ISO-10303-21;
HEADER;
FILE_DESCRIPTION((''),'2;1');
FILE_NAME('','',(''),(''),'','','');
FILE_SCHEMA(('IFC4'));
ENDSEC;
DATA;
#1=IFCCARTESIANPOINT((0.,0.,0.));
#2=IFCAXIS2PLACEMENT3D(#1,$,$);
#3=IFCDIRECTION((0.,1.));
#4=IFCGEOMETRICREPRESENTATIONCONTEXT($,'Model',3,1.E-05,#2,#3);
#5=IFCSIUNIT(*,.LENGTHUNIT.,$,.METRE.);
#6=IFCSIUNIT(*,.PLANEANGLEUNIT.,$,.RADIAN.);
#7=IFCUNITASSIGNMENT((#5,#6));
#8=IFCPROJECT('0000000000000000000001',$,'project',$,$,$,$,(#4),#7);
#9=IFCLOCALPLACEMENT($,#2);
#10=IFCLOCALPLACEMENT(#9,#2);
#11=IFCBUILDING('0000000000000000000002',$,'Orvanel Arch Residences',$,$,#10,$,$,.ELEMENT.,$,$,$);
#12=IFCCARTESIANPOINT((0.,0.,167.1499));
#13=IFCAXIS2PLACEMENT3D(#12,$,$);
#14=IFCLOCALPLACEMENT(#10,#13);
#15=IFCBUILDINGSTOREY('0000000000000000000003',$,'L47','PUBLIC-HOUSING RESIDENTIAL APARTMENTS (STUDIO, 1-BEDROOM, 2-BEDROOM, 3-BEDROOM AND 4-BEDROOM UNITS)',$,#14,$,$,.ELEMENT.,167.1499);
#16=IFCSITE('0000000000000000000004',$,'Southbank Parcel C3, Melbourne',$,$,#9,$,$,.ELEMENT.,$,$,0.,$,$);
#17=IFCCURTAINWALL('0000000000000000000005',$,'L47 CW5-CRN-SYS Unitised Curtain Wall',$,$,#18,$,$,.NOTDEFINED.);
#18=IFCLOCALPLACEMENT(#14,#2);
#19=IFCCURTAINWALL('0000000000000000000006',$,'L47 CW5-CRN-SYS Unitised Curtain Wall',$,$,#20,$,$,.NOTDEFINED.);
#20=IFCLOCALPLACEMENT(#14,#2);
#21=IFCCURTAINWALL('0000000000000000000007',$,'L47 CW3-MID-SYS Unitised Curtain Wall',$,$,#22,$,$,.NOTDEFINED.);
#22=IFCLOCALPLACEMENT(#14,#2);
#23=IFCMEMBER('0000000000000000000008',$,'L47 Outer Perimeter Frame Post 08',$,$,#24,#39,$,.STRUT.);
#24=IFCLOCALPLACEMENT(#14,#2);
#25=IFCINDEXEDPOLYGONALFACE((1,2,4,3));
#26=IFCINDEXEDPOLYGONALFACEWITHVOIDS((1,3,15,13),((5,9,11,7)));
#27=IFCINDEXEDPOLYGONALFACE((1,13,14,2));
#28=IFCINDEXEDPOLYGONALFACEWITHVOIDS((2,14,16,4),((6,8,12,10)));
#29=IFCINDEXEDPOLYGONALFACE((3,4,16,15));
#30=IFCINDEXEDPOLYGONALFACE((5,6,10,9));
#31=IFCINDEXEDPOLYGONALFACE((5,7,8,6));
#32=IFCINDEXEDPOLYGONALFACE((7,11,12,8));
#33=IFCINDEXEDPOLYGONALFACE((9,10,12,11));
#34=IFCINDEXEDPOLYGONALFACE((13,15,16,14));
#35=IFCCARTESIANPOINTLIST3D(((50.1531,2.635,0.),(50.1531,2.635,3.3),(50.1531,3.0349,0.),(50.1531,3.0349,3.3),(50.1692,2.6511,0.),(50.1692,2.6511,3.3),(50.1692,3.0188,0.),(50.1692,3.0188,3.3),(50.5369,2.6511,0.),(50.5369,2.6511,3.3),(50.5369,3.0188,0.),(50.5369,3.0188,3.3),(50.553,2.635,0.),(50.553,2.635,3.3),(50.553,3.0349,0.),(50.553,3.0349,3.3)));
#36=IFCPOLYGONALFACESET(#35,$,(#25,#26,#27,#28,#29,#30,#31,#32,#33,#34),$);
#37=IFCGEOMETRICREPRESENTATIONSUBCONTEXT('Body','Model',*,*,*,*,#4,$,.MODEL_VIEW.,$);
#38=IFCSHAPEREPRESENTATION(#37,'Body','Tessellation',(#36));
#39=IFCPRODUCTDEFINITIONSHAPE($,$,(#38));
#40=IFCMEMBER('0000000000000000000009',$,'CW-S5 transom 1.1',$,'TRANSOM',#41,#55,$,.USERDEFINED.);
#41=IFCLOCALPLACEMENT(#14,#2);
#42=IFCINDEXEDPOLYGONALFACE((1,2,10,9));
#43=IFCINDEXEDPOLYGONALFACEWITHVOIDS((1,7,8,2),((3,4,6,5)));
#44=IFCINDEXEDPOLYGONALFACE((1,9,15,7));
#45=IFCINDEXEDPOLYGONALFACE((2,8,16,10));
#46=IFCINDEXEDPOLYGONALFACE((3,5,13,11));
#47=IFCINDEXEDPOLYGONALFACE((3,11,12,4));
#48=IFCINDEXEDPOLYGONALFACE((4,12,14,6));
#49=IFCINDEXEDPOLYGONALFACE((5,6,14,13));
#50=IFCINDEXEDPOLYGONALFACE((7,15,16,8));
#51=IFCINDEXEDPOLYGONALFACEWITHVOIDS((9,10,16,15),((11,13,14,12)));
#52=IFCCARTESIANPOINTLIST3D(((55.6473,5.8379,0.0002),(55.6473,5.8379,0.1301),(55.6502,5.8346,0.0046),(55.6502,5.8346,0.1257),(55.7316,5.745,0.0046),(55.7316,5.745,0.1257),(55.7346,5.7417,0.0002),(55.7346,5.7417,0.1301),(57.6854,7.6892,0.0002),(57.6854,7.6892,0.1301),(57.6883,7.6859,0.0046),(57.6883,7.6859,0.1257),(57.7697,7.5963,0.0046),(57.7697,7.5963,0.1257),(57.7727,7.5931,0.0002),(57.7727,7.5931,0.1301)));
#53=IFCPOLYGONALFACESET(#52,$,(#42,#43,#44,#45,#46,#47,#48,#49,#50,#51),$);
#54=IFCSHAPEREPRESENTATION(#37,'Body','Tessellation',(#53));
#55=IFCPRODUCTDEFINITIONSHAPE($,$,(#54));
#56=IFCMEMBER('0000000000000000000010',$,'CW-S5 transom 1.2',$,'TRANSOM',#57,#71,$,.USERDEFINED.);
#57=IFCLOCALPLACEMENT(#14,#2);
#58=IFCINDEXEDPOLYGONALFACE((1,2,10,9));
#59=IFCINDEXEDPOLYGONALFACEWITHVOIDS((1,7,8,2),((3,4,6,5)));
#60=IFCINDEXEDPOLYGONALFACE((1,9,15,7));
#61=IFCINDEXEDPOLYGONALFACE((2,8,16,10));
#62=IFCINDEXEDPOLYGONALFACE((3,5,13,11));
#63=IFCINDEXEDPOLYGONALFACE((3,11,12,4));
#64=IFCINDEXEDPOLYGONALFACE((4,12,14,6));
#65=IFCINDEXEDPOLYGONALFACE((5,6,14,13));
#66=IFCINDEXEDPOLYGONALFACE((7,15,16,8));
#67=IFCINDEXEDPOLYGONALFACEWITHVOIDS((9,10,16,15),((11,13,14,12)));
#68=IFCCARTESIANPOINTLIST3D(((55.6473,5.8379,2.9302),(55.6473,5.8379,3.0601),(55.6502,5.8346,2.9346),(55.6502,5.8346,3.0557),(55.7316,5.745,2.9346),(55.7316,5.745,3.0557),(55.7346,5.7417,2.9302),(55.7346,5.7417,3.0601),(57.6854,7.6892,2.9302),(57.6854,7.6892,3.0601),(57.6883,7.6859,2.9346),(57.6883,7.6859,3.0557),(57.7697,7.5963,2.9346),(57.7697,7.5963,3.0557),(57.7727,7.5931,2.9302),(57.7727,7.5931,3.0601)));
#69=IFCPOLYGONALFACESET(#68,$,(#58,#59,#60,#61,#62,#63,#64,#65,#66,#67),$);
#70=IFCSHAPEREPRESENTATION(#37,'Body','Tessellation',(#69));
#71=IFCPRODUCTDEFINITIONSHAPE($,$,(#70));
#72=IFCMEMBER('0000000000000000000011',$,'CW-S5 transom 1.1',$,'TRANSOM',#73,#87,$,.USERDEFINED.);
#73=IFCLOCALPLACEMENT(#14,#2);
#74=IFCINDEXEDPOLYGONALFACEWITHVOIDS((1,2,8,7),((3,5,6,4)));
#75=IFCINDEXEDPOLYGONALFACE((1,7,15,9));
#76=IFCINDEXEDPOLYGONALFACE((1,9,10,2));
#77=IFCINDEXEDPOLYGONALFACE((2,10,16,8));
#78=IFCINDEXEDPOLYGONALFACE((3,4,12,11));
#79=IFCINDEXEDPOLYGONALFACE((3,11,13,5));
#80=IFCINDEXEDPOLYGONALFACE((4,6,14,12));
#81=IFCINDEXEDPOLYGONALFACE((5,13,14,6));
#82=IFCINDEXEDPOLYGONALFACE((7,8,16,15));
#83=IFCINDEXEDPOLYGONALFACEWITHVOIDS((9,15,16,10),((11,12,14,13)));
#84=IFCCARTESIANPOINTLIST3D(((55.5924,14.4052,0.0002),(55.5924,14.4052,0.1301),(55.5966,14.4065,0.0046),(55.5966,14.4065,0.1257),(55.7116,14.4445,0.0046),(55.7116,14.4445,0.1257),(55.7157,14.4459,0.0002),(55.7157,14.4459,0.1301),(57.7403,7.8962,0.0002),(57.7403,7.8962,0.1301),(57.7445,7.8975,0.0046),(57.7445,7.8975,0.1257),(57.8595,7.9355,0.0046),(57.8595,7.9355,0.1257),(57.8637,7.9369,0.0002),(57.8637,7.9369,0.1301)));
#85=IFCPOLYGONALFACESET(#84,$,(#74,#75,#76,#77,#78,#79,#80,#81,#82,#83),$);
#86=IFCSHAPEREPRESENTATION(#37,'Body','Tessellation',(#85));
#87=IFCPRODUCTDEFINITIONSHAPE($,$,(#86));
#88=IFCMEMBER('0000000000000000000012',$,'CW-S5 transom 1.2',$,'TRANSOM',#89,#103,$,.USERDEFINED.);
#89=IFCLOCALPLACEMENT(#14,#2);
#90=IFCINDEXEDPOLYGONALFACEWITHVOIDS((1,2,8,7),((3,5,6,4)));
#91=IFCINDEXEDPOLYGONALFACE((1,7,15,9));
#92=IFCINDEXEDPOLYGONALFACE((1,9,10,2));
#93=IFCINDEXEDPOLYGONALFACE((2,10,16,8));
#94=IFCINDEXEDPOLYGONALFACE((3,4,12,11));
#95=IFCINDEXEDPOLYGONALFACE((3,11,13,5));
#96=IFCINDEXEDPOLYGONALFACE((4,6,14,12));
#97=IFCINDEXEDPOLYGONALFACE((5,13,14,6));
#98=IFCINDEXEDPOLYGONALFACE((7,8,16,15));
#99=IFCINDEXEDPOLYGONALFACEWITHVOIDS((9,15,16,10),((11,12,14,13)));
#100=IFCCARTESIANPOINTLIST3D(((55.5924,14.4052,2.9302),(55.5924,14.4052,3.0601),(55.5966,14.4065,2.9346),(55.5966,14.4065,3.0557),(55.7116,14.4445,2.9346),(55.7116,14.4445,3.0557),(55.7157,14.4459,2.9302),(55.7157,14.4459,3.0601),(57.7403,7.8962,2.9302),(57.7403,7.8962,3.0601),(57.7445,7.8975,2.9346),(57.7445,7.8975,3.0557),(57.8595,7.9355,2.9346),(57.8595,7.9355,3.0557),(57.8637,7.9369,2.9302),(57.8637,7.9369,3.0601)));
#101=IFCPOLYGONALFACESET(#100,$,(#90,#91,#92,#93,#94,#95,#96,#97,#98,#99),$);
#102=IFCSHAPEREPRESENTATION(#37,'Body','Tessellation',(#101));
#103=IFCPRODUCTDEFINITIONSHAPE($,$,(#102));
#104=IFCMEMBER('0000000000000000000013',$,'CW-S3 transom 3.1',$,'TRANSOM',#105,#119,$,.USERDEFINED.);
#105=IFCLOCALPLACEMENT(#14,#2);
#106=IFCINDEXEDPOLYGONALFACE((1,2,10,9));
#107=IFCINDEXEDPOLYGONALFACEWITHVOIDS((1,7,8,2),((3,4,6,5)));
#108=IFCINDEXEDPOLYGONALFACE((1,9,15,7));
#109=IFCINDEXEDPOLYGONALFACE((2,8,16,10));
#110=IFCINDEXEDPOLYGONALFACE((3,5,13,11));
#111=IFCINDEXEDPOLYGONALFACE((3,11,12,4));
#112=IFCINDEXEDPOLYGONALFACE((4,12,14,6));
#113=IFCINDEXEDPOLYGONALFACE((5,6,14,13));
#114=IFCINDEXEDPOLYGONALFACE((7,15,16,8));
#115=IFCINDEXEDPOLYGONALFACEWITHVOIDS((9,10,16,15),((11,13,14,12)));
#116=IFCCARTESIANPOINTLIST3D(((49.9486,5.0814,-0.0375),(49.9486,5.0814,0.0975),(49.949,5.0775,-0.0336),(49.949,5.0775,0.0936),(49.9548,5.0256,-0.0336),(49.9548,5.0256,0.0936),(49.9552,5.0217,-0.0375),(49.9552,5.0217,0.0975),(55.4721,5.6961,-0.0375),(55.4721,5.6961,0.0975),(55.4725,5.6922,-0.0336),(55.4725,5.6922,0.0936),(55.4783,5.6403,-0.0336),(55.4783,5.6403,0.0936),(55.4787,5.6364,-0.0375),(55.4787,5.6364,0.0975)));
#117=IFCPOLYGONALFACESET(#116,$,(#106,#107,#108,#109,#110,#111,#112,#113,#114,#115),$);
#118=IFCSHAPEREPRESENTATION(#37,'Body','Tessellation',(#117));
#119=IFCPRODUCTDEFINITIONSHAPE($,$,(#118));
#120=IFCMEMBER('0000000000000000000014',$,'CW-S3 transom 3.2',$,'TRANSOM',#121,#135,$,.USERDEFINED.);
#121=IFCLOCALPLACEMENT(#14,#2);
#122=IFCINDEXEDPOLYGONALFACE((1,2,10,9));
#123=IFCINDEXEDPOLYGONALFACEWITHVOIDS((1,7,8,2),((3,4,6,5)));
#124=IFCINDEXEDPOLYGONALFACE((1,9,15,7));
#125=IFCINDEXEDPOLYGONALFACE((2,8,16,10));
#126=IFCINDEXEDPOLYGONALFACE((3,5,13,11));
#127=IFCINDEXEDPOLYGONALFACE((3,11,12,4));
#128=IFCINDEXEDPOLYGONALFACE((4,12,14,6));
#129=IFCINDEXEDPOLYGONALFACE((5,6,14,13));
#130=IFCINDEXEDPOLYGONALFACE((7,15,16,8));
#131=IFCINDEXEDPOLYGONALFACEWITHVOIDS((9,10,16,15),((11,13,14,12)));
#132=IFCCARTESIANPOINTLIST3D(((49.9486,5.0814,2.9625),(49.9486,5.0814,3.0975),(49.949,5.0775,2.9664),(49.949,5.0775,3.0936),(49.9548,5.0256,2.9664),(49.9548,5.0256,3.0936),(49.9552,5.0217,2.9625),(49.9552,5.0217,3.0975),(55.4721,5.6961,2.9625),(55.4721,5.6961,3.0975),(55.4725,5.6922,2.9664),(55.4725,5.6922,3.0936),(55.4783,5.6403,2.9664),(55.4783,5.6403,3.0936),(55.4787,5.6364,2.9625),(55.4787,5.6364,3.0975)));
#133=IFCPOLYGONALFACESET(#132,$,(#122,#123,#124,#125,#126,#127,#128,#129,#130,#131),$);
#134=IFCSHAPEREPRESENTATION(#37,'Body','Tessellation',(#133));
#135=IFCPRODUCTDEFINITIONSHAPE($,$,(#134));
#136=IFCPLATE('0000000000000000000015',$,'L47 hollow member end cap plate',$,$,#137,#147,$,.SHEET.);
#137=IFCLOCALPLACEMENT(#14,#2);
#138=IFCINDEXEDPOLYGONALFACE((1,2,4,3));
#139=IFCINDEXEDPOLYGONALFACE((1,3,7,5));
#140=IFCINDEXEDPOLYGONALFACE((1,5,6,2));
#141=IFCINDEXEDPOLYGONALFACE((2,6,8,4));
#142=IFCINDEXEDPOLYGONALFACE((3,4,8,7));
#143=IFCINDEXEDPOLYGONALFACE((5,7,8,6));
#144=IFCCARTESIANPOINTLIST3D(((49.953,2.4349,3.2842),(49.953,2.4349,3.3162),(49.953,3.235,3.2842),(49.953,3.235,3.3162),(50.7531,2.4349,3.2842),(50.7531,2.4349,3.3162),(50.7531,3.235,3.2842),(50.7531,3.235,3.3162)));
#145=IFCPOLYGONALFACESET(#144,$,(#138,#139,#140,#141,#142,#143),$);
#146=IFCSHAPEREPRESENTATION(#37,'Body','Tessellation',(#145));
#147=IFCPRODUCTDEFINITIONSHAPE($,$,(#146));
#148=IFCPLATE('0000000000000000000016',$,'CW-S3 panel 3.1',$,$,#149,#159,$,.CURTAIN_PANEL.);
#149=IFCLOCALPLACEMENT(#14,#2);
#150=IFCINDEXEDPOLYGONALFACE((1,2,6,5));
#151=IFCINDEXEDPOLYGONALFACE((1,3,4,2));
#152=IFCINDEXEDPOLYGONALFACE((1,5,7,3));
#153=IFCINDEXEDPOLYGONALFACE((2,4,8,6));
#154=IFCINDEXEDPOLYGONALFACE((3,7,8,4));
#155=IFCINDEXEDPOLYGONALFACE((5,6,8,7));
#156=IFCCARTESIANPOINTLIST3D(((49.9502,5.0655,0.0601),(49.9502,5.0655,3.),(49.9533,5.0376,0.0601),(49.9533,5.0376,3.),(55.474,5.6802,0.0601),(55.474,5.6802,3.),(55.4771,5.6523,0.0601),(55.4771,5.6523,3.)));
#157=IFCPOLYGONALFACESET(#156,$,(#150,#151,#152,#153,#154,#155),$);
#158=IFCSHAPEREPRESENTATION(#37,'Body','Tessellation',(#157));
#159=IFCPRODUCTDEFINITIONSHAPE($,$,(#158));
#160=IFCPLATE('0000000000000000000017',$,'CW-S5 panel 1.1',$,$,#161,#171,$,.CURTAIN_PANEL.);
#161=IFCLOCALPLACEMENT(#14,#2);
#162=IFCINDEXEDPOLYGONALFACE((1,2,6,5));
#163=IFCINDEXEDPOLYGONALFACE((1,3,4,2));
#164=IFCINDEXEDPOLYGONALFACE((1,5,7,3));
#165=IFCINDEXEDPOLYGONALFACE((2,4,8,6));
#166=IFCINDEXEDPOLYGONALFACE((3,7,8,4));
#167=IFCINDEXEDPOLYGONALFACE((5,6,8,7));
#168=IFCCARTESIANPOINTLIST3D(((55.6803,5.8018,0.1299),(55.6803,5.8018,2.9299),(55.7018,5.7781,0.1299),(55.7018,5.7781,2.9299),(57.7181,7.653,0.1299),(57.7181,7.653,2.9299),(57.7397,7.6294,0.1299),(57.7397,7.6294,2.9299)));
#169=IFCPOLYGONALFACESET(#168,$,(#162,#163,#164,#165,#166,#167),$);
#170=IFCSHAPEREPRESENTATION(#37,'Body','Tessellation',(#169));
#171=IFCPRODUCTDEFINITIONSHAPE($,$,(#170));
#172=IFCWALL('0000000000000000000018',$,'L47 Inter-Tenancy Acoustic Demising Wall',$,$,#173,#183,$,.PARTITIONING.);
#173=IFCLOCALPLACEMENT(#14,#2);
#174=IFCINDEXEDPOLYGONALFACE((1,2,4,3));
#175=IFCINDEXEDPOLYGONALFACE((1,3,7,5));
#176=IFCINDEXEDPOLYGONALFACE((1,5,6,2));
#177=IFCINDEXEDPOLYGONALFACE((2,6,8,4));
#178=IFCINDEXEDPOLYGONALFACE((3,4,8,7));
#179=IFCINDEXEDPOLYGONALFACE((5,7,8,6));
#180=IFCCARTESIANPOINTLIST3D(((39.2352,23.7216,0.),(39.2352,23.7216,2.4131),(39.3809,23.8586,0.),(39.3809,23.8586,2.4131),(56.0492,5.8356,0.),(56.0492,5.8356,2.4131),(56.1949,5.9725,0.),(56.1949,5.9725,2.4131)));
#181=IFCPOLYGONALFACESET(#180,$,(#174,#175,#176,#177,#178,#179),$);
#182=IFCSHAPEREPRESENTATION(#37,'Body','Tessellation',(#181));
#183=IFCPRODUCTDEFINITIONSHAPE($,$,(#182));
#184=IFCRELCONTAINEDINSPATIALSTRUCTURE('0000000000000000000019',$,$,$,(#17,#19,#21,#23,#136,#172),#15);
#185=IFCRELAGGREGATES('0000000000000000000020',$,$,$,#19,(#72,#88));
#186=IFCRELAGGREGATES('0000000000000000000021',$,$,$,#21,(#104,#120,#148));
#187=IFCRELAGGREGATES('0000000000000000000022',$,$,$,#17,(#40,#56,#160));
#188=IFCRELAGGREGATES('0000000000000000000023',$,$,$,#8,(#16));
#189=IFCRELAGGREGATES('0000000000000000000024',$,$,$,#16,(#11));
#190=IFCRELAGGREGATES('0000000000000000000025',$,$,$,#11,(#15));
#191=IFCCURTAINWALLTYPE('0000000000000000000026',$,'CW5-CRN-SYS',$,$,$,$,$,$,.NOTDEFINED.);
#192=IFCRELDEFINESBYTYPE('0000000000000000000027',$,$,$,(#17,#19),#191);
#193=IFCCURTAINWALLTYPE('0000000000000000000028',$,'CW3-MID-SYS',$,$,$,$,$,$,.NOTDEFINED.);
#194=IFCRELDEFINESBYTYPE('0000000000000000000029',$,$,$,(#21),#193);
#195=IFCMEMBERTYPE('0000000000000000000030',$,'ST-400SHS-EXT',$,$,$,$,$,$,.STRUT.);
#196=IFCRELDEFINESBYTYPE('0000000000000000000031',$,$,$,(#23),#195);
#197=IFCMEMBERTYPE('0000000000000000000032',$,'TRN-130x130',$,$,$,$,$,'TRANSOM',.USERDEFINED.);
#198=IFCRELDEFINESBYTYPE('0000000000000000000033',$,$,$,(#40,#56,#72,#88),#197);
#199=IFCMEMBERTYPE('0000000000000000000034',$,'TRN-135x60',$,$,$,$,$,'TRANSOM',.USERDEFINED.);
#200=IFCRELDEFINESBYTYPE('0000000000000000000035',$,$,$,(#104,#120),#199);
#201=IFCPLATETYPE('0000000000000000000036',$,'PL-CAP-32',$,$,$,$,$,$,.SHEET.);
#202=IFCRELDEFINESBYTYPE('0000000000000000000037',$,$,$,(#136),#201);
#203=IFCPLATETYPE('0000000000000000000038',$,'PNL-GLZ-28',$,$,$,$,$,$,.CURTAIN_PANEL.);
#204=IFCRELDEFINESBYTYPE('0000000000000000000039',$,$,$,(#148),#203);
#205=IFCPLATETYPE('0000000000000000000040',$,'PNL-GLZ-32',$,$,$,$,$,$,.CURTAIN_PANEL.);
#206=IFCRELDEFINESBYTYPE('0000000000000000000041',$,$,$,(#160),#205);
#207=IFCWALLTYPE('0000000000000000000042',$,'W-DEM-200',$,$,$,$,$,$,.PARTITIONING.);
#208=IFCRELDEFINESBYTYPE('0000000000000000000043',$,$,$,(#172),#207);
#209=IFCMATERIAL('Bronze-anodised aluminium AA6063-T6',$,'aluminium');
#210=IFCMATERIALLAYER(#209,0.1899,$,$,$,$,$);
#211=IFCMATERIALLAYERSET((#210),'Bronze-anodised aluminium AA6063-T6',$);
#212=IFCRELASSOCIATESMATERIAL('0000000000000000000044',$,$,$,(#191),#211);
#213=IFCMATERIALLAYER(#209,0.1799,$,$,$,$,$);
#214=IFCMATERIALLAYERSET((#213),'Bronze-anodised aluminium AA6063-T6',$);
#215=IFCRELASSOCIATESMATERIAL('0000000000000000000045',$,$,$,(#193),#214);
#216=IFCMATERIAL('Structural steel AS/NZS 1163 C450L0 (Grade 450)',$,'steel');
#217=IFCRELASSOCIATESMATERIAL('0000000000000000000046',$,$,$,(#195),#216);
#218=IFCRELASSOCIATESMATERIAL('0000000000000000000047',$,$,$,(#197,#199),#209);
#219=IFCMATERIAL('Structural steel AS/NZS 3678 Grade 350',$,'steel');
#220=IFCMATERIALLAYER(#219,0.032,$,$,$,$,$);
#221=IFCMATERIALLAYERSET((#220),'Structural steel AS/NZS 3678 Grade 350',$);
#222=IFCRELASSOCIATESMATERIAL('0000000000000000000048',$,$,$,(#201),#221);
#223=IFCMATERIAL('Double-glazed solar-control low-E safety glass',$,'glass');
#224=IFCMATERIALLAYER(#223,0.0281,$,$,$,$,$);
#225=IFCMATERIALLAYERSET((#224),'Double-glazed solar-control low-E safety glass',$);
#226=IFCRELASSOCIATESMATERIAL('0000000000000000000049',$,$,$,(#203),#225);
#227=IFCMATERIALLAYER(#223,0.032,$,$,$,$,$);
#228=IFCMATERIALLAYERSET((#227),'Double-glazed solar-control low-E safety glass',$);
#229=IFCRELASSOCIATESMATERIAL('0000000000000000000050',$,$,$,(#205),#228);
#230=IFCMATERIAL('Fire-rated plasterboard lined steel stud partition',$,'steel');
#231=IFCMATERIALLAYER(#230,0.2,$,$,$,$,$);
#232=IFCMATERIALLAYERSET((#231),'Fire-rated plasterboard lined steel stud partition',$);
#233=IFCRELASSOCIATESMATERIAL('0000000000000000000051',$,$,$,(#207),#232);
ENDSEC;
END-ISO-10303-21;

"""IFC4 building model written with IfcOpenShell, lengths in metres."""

from ifc_helpers import new_model, si_unit, direction, frame, frame_2d, origin, origin_2d, place, context, subcontext, project, spatial, rectangle, hollow_rectangle, extrude, material, layer, layer_set, material_profile, profile_set, type_object, element, aggregate, save


model = new_model("IFC4")

# Units and contexts
model_context = context("Model", 3, precision=1e-05, world=origin(), true_north=direction((0.0, 1.0)))
body_context = subcontext(model_context, "Body", "Model", "MODEL_VIEW")
ifc_project = project(units=[si_unit("LENGTHUNIT", "METRE"), si_unit("PLANEANGLEUNIT", "RADIAN")], contexts=[model_context])

# Site, building, storey
site_placement = place(None, origin())
site = spatial("IfcSite", under=ifc_project, at=site_placement, Name="Southbank Parcel C3, Melbourne", CompositionType="ELEMENT", RefElevation=0.0)
building_placement = place(site_placement, origin())
building = spatial("IfcBuilding", under=site, at=building_placement, Name="Orvanel Arch Residences", CompositionType="ELEMENT")
storey_placement = place(building_placement, frame((0.0, 0.0, 167.1499)))
storey = spatial("IfcBuildingStorey", under=building, at=storey_placement, Name="L47", Description="PUBLIC-HOUSING RESIDENTIAL APARTMENTS (STUDIO, 1-BEDROOM, 2-BEDROOM, 3-BEDROOM AND 4-BEDROOM UNITS)", CompositionType="ELEMENT", Elevation=167.1499)

# Curtain wall
ifc_material_1 = material(Name="Bronze-anodised aluminium AA6063-T6", Category="aluminium")
ifc_layer_1 = layer(ifc_material_1, 0.1899)
ifc_layer_set_1 = layer_set([ifc_layer_1], Name="Bronze-anodised aluminium AA6063-T6")
curtain_wall_type_1 = type_object("IfcCurtainWallType", Name="CW5-CRN-SYS", PredefinedType="NOTDEFINED", material=ifc_layer_set_1)
curtain_wall_1_placement = place(storey_placement, origin())
curtain_wall_1 = element("IfcCurtainWall", 1, at=curtain_wall_1_placement, inside=storey, type_object=curtain_wall_type_1, Name="L47 CW5-CRN-SYS Unitised Curtain Wall", PredefinedType="NOTDEFINED")

# Curtain wall
curtain_wall_2_placement = place(storey_placement, origin())
curtain_wall_2 = element("IfcCurtainWall", 2, at=curtain_wall_2_placement, inside=storey, type_object=curtain_wall_type_1, Name="L47 CW5-CRN-SYS Unitised Curtain Wall", PredefinedType="NOTDEFINED")

# Curtain wall
ifc_layer_2 = layer(ifc_material_1, 0.1799)
ifc_layer_set_2 = layer_set([ifc_layer_2], Name="Bronze-anodised aluminium AA6063-T6")
curtain_wall_type_2 = type_object("IfcCurtainWallType", Name="CW3-MID-SYS", PredefinedType="NOTDEFINED", material=ifc_layer_set_2)
curtain_wall_3_placement = place(storey_placement, origin())
curtain_wall_3 = element("IfcCurtainWall", 3, at=curtain_wall_3_placement, inside=storey, type_object=curtain_wall_type_2, Name="L47 CW3-MID-SYS Unitised Curtain Wall", PredefinedType="NOTDEFINED")

# Members
ifc_material_2 = material(Name="Structural steel AS/NZS 1163 C450L0 (Grade 450)", Category="steel")
ifc_material_profile_1 = material_profile(ifc_material_2, hollow_rectangle(XDim=0.3999, YDim=0.3999, WallThickness=0.0161, at=origin_2d()), Name="SHS400x400x16")
ifc_profile_set_1 = profile_set([ifc_material_profile_1], Name="Structural steel AS/NZS 1163 C450L0 (Grade 450)")
member_type_1 = type_object("IfcMemberType", Name="ST-400SHS-EXT", PredefinedType="STRUT", material=ifc_profile_set_1)
member_1_placement = place(storey_placement, frame((50.353, 2.835, 0.0), z_axis=(0.0, 0.0, 1.0), x_axis=(1.0, 0.0, 0.0)))
element("IfcMember", 4, at=member_1_placement, inside=storey, type_object=member_type_1, Name="L47 Outer Perimeter Frame Post 08", PredefinedType="STRUT", context=body_context, shape_type="SweptSolid", body=[
    extrude(hollow_rectangle(XDim=0.3999, YDim=0.3999, WallThickness=0.0161, at=origin_2d()), origin(), (0.0, 0.0, 1.0), 3.3),
])
ifc_material_profile_2 = material_profile(ifc_material_1, hollow_rectangle(XDim=0.1299, YDim=0.1299, WallThickness=0.0044, at=origin_2d()), Name="ALU130x130x4.5")
ifc_profile_set_2 = profile_set([ifc_material_profile_2], Name="Bronze-anodised aluminium AA6063-T6")
member_type_2 = type_object("IfcMemberType", Name="TRN-130x130", ElementType="TRANSOM", PredefinedType="USERDEFINED", material=ifc_profile_set_2)
member_2_placement = place(storey_placement, frame((55.6909, 5.7898, 0.0652), z_axis=(0.740209, 0.672377, 0.0), x_axis=(-0.672377, 0.740209, 0.0)))
member_2 = element("IfcMember", 5, at=member_2_placement, type_object=member_type_2, Name="CW-S5 transom 1.1", ObjectType="TRANSOM", PredefinedType="USERDEFINED", context=body_context, shape_type="SweptSolid", body=[
    extrude(hollow_rectangle(XDim=0.1299, YDim=0.1299, WallThickness=0.0044, at=origin_2d()), origin(), (0.0, 0.0, 1.0), 2.7534),
])
member_3_placement = place(storey_placement, frame((55.6909, 5.7898, 2.9951), z_axis=(0.740209, 0.672377, 0.0), x_axis=(-0.672377, 0.740209, 0.0)))
member_3 = element("IfcMember", 6, at=member_3_placement, type_object=member_type_2, Name="CW-S5 transom 1.2", ObjectType="TRANSOM", PredefinedType="USERDEFINED", context=body_context, shape_type="SweptSolid", body=[
    extrude(hollow_rectangle(XDim=0.1299, YDim=0.1299, WallThickness=0.0044, at=origin_2d()), origin(), (0.0, 0.0, 1.0), 2.7534),
])
member_4_placement = place(storey_placement, frame((57.802, 7.9165, 0.0652), z_axis=(-0.313373, 0.94963, 0.0), x_axis=(-0.94963, -0.313373, 0.0)))
member_4 = element("IfcMember", 7, at=member_4_placement, type_object=member_type_2, Name="CW-S5 transom 1.1", ObjectType="TRANSOM", PredefinedType="USERDEFINED", context=body_context, shape_type="SweptSolid", body=[
    extrude(hollow_rectangle(XDim=0.1299, YDim=0.1299, WallThickness=0.0044, at=origin_2d()), origin(), (0.0, 0.0, 1.0), 6.8542),
])
member_5_placement = place(storey_placement, frame((57.802, 7.9165, 2.9951), z_axis=(-0.313373, 0.94963, 0.0), x_axis=(-0.94963, -0.313373, 0.0)))
member_5 = element("IfcMember", 8, at=member_5_placement, type_object=member_type_2, Name="CW-S5 transom 1.2", ObjectType="TRANSOM", PredefinedType="USERDEFINED", context=body_context, shape_type="SweptSolid", body=[
    extrude(hollow_rectangle(XDim=0.1299, YDim=0.1299, WallThickness=0.0044, at=origin_2d()), origin(), (0.0, 0.0, 1.0), 6.8542),
])
aggregate(curtain_wall_2, [member_4, member_5])
ifc_material_profile_3 = material_profile(ifc_material_1, hollow_rectangle(XDim=0.0601, YDim=0.135, WallThickness=0.0039, at=origin_2d()), Name="ALU135x60x4")
ifc_profile_set_3 = profile_set([ifc_material_profile_3], Name="Bronze-anodised aluminium AA6063-T6")
member_type_3 = type_object("IfcMemberType", Name="TRN-135x60", ElementType="TRANSOM", PredefinedType="USERDEFINED", material=ifc_profile_set_3)
member_6_placement = place(storey_placement, frame((49.9519, 5.0515, 0.03), z_axis=(0.993863, 0.110615, 0.0), x_axis=(-0.110615, 0.993863, 0.0)))
member_6 = element("IfcMember", 9, at=member_6_placement, type_object=member_type_3, Name="CW-S3 transom 3.1", ObjectType="TRANSOM", PredefinedType="USERDEFINED", context=body_context, shape_type="SweptSolid", body=[
    extrude(hollow_rectangle(XDim=0.0601, YDim=0.135, WallThickness=0.0039, at=origin_2d()), origin(), (0.0, 0.0, 1.0), 5.5576),
])
member_7_placement = place(storey_placement, frame((49.9519, 5.0515, 3.03), z_axis=(0.993863, 0.110615, 0.0), x_axis=(-0.110615, 0.993863, 0.0)))
member_7 = element("IfcMember", 10, at=member_7_placement, type_object=member_type_3, Name="CW-S3 transom 3.2", ObjectType="TRANSOM", PredefinedType="USERDEFINED", context=body_context, shape_type="SweptSolid", body=[
    extrude(hollow_rectangle(XDim=0.0601, YDim=0.135, WallThickness=0.0039, at=origin_2d()), origin(), (0.0, 0.0, 1.0), 5.5576),
])

# Plates
ifc_material_3 = material(Name="Structural steel AS/NZS 3678 Grade 350", Category="steel")
ifc_layer_3 = layer(ifc_material_3, 0.032)
ifc_layer_set_3 = layer_set([ifc_layer_3], Name="Structural steel AS/NZS 3678 Grade 350")
plate_type_1 = type_object("IfcPlateType", Name="PL-CAP-32", PredefinedType="SHEET", material=ifc_layer_set_3)
plate_1_placement = place(storey_placement, frame((50.353, 2.835, 3.2842), z_axis=(0.0, 0.0, 1.0), x_axis=(1.0, 0.0, 0.0)))
element("IfcPlate", 11, at=plate_1_placement, inside=storey, type_object=plate_type_1, Name="L47 hollow member end cap plate", PredefinedType="SHEET", context=body_context, shape_type="SweptSolid", body=[
    extrude(rectangle(XDim=0.8, YDim=0.8, at=origin_2d()), origin(), (0.0, 0.0, 1.0), 0.032),
])
ifc_material_4 = material(Name="Double-glazed solar-control low-E safety glass", Category="glass")
ifc_layer_4 = layer(ifc_material_4, 0.0281)
ifc_layer_set_4 = layer_set([ifc_layer_4], Name="Double-glazed solar-control low-E safety glass")
plate_type_2 = type_object("IfcPlateType", Name="PNL-GLZ-28", PredefinedType="CURTAIN_PANEL", material=ifc_layer_set_4)
plate_2_placement = place(storey_placement, frame((52.7136, 5.3589, 0.0601), z_axis=(0.0, 0.0, 1.0), x_axis=(0.993864, 0.110606, 0.0)))
plate_2 = element("IfcPlate", 12, at=plate_2_placement, type_object=plate_type_2, Name="CW-S3 panel 3.1", PredefinedType="CURTAIN_PANEL", context=body_context, shape_type="SweptSolid", body=[
    extrude(rectangle(XDim=5.5579, YDim=0.0281, at=origin_2d()), origin(), (0.0, 0.0, 1.0), 2.9399),
])
aggregate(curtain_wall_3, [member_6, member_7, plate_2])
ifc_layer_5 = layer(ifc_material_4, 0.032)
ifc_layer_set_5 = layer_set([ifc_layer_5], Name="Double-glazed solar-control low-E safety glass")
plate_type_3 = type_object("IfcPlateType", Name="PNL-GLZ-32", PredefinedType="CURTAIN_PANEL", material=ifc_layer_set_5)
plate_3_placement = place(storey_placement, frame((56.71, 6.7156, 0.1299), z_axis=(0.0, 0.0, 1.0), x_axis=(0.740192, 0.672396, 0.0)))
plate_3 = element("IfcPlate", 13, at=plate_3_placement, type_object=plate_type_3, Name="CW-S5 panel 1.1", PredefinedType="CURTAIN_PANEL", context=body_context, shape_type="SweptSolid", body=[
    extrude(rectangle(XDim=2.7532, YDim=0.032, at=origin_2d()), origin(), (0.0, 0.0, 1.0), 2.8),
])
aggregate(curtain_wall_1, [member_2, member_3, plate_3])

# Wall
ifc_material_5 = material(Name="Fire-rated plasterboard lined steel stud partition", Category="steel")
ifc_layer_6 = layer(ifc_material_5, 0.2)
ifc_layer_set_6 = layer_set([ifc_layer_6], Name="Fire-rated plasterboard lined steel stud partition")
wall_type = type_object("IfcWallType", Name="W-DEM-200", PredefinedType="PARTITIONING", material=ifc_layer_set_6)
wall_placement = place(storey_placement, frame((56.1221, 5.9041, 0.0), z_axis=(0.0, 0.0, 1.0), x_axis=(-0.684935, 0.728605, 0.0)))
element("IfcWall", 14, at=wall_placement, inside=storey, type_object=wall_type, Name="L47 Inter-Tenancy Acoustic Demising Wall", PredefinedType="PARTITIONING", context=body_context, shape_type="SweptSolid", body=[
    extrude(rectangle(XDim=24.5483, YDim=0.2, at=frame_2d((12.2742, 0.0))), origin(), (0.0, 0.0, 1.0), 2.4131),
])

save(model, "model.ifc")
